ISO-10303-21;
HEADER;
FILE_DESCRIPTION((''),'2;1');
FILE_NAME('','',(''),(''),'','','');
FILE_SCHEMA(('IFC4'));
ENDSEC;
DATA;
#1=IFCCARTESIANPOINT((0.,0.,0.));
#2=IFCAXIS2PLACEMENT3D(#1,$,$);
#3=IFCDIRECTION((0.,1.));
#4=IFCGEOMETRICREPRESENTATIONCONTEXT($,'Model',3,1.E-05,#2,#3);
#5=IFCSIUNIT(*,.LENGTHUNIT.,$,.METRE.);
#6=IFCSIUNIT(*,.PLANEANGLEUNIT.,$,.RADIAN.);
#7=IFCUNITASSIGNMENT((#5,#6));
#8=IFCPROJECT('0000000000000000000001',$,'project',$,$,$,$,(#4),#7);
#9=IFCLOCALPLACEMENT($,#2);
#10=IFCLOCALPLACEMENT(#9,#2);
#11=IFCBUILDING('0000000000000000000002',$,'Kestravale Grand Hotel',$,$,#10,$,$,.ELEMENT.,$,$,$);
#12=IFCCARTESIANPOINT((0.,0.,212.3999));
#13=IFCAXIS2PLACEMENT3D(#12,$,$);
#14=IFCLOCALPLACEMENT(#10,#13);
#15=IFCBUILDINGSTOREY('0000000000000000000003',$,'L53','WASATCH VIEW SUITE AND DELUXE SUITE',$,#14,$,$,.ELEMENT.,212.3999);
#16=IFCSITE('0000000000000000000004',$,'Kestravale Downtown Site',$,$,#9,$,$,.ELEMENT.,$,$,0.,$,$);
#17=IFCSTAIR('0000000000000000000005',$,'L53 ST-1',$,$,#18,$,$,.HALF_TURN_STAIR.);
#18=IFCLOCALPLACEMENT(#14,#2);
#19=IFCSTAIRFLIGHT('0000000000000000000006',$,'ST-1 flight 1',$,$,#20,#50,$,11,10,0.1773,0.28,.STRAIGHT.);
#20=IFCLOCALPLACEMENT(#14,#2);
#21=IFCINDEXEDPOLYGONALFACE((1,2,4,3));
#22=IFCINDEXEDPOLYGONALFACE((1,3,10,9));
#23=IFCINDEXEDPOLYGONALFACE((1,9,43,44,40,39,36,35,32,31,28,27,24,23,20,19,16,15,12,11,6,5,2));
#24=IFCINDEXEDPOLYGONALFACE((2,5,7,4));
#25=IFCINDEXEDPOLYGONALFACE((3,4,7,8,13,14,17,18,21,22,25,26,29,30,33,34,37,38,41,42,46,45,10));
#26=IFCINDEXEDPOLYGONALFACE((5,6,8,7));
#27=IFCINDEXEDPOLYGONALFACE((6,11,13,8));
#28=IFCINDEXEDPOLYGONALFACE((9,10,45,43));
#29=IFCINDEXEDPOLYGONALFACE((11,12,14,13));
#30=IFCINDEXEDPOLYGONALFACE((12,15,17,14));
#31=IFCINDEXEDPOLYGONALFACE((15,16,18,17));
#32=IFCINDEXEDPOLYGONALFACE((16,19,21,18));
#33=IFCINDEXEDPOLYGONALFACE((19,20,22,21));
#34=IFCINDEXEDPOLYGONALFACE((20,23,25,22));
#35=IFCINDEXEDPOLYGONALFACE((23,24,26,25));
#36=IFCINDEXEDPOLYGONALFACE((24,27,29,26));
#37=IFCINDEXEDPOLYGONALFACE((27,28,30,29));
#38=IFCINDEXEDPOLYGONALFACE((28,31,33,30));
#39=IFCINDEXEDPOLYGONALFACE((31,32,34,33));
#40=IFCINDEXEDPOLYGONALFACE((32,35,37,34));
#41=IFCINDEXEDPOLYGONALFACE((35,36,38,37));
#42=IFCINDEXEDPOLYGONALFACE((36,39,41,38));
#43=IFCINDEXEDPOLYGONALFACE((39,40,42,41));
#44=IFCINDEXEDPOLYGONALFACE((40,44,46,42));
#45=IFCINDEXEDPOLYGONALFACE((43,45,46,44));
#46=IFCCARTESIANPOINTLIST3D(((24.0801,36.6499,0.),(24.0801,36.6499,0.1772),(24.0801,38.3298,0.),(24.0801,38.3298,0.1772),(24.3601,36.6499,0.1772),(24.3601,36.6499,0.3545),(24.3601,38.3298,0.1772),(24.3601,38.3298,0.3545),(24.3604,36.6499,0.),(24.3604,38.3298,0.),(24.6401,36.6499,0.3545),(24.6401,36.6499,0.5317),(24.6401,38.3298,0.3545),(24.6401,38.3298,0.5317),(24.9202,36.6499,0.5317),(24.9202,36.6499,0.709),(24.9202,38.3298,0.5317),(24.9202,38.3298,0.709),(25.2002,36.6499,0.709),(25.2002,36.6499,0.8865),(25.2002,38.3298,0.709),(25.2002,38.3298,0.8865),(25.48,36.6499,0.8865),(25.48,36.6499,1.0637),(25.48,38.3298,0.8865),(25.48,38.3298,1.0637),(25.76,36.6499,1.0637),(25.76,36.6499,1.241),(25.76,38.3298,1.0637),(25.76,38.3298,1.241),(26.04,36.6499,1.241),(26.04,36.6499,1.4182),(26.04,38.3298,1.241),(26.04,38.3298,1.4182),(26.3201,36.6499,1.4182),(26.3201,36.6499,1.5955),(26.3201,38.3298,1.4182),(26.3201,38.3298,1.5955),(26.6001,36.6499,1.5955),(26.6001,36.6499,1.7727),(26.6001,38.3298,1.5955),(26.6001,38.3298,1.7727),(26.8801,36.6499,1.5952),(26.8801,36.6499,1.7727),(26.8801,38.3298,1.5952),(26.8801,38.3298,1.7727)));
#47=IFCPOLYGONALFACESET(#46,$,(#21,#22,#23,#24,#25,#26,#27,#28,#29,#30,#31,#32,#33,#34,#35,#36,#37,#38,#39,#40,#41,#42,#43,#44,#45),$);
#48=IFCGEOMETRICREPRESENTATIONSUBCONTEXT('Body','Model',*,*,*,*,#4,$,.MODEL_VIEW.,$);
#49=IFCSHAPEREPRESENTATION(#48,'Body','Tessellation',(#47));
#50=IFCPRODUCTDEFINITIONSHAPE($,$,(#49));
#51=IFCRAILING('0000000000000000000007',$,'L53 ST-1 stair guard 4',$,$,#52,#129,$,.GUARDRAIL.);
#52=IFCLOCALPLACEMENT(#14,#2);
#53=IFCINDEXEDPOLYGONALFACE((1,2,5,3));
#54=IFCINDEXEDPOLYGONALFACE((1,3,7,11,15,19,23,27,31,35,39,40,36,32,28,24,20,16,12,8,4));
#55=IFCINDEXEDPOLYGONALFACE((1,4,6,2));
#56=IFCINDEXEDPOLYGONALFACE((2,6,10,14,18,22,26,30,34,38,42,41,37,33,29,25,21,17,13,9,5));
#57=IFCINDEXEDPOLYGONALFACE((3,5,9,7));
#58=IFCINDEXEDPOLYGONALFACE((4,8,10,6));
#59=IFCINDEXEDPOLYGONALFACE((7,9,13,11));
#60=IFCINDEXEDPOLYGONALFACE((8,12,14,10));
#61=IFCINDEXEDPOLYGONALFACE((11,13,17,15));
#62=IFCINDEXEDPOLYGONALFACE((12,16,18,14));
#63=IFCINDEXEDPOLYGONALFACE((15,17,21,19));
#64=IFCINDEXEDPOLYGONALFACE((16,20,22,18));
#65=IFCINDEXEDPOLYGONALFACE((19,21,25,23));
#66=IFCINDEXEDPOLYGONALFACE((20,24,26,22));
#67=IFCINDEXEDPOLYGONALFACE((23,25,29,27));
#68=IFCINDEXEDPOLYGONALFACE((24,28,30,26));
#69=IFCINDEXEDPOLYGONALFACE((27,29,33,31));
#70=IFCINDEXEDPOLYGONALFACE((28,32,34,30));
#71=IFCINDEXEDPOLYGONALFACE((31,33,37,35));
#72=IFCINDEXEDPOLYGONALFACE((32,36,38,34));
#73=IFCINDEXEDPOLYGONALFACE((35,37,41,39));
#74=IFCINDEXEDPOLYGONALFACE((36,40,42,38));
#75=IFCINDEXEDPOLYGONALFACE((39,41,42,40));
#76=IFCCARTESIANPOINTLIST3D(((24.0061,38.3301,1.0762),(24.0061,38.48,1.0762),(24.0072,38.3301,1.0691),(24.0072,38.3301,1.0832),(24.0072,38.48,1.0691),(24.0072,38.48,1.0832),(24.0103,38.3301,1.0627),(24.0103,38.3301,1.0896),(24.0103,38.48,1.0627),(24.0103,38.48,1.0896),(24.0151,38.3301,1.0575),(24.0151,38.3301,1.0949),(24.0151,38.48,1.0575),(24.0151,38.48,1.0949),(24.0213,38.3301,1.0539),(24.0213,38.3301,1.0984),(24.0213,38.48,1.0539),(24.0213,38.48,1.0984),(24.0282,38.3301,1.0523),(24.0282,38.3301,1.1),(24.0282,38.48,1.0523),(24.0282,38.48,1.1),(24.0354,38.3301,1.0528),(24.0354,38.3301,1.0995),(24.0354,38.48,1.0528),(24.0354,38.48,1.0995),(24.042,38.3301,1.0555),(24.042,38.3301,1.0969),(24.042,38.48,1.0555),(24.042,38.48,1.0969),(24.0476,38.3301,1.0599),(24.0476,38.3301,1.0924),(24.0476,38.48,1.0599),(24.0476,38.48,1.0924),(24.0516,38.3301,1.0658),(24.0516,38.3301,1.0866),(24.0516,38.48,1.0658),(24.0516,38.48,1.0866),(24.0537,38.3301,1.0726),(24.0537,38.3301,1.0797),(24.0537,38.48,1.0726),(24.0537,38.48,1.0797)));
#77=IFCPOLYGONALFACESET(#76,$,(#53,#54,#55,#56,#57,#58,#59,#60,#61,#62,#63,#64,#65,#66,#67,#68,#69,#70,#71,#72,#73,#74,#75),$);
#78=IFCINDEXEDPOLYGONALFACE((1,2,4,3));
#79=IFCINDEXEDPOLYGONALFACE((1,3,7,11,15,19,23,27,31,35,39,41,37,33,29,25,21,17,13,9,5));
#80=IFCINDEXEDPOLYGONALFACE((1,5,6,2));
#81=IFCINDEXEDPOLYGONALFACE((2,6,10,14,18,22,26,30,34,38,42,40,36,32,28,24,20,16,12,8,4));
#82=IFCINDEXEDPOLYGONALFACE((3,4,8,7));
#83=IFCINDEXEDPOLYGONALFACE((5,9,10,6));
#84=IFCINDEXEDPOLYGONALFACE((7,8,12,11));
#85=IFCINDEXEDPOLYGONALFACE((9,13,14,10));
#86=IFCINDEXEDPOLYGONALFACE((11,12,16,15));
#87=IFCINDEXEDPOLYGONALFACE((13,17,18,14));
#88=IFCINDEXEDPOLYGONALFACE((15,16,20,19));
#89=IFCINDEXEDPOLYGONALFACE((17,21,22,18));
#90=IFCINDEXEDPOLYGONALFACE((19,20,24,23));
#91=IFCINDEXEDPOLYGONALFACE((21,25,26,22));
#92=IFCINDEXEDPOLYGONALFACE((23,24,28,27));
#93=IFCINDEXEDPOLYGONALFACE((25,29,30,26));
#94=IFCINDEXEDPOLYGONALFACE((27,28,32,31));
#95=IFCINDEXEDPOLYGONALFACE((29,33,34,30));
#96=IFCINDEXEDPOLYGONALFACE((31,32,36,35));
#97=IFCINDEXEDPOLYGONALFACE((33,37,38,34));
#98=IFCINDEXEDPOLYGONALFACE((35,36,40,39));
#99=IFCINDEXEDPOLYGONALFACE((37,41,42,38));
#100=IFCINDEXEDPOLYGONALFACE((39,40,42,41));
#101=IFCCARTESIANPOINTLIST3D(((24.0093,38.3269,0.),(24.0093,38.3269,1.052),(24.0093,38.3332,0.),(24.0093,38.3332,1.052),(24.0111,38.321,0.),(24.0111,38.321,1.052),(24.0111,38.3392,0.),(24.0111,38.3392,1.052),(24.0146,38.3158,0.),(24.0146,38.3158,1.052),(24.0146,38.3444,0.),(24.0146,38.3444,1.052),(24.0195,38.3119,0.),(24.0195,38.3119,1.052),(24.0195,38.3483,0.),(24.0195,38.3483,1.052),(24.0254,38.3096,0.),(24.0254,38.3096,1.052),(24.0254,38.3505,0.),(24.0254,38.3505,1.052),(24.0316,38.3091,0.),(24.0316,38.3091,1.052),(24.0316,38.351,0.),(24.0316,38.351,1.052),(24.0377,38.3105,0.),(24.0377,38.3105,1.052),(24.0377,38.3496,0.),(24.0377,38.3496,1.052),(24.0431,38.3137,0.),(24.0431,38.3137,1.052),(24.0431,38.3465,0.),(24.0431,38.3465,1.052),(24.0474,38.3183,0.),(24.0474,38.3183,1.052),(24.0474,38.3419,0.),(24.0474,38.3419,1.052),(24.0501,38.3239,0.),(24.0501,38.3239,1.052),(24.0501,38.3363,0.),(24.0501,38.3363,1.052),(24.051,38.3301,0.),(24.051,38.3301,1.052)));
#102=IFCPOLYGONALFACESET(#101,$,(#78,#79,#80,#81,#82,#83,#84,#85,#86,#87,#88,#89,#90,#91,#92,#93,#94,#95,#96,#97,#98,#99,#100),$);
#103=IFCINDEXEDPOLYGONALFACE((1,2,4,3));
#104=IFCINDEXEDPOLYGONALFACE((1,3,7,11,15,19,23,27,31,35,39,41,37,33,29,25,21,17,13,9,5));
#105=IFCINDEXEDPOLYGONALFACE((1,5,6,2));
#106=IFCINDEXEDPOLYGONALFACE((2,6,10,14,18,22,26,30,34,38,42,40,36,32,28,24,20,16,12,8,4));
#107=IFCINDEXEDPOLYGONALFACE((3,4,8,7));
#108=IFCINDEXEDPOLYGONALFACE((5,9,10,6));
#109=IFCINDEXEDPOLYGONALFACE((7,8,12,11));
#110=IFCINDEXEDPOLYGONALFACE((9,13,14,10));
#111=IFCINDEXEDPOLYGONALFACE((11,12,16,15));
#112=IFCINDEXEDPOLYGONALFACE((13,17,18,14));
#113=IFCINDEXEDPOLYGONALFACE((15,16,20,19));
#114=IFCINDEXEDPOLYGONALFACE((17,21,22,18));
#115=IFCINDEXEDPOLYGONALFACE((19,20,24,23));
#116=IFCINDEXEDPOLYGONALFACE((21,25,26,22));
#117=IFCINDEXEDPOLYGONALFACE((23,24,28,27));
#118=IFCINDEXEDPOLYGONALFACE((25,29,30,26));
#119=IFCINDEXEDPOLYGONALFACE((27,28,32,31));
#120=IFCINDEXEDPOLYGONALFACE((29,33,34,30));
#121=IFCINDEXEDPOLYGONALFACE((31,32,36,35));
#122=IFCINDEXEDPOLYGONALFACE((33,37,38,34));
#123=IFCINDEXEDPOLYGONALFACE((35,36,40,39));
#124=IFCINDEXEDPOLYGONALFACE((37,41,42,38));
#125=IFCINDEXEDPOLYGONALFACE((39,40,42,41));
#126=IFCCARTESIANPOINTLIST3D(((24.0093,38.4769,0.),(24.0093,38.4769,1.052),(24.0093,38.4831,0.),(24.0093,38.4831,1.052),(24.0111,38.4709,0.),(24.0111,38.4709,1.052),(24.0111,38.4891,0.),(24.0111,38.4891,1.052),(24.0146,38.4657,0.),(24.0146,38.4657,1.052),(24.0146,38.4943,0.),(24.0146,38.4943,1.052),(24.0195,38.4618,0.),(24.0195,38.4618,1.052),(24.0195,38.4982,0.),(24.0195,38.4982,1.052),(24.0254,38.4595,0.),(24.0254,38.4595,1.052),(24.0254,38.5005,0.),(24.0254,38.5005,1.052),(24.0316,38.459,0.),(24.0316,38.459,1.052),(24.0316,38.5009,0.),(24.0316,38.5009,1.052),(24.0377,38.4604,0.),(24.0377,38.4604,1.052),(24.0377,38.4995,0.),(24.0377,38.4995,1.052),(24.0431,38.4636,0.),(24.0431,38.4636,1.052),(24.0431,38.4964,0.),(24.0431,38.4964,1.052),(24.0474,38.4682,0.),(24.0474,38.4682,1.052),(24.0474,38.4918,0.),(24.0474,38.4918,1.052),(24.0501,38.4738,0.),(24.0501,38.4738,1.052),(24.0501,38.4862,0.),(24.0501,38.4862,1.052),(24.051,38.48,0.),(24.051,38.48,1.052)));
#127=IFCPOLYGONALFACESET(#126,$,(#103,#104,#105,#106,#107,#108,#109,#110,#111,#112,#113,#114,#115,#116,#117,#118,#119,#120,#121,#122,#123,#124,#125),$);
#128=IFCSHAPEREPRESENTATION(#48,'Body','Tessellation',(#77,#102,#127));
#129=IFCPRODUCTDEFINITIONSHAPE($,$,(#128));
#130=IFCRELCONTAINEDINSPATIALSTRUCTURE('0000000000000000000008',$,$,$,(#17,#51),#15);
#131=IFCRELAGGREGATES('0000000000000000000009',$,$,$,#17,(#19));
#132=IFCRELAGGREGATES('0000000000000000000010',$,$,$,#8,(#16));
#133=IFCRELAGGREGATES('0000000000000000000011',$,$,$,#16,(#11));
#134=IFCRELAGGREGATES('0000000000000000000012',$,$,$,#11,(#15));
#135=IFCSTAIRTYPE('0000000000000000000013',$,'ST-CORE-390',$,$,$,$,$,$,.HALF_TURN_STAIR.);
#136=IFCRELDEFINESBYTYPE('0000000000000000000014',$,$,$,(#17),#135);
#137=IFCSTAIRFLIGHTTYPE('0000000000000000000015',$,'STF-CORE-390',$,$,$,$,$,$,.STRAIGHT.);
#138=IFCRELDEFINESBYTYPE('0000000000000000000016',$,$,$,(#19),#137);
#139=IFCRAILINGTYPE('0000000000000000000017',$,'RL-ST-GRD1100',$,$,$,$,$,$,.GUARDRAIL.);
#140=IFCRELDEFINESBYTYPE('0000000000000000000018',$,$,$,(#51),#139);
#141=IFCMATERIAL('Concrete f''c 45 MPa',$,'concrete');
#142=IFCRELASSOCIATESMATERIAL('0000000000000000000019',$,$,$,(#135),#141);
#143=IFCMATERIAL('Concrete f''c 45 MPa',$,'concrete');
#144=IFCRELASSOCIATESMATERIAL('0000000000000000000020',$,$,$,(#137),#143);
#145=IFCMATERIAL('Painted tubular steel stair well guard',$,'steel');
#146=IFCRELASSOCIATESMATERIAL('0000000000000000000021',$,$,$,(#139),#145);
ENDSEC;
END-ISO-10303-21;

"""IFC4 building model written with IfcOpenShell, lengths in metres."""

from ifc_helpers import new_model, si_unit, direction, frame, origin, origin_2d, place, context, subcontext, project, spatial, polyline, circle, outline, extrude, material, type_object, element, aggregate, save


model = new_model("IFC4")

# Units and contexts
model_context = context("Model", 3, precision=1e-05, world=origin(), true_north=direction((0.0, 1.0)))
body_context = subcontext(model_context, "Body", "Model", "MODEL_VIEW")
ifc_project = project(units=[si_unit("LENGTHUNIT", "METRE"), si_unit("PLANEANGLEUNIT", "RADIAN")], contexts=[model_context])

# Site, building, storey
site_placement = place(None, origin())
site = spatial("IfcSite", under=ifc_project, at=site_placement, Name="Kestravale Downtown Site", CompositionType="ELEMENT", RefElevation=0.0)
building_placement = place(site_placement, origin())
building = spatial("IfcBuilding", under=site, at=building_placement, Name="Kestravale Grand Hotel", CompositionType="ELEMENT")
storey_placement = place(building_placement, frame((0.0, 0.0, 212.3999)))
storey = spatial("IfcBuildingStorey", under=building, at=storey_placement, Name="L53", Description="WASATCH VIEW SUITE AND DELUXE SUITE", CompositionType="ELEMENT", Elevation=212.3999)

# Stair, stair flight
ifc_material_1 = material(Name="Concrete f'c 45 MPa", Category="concrete")
stair_type = type_object("IfcStairType", Name="ST-CORE-390", PredefinedType="HALF_TURN_STAIR", material=ifc_material_1)
stair_placement = place(storey_placement, origin())
stair = element("IfcStair", 1, at=stair_placement, inside=storey, type_object=stair_type, Name="L53 ST-1", PredefinedType="HALF_TURN_STAIR")
ifc_material_2 = material(Name="Concrete f'c 45 MPa", Category="concrete")
stair_flight_type = type_object("IfcStairFlightType", Name="STF-CORE-390", PredefinedType="STRAIGHT", material=ifc_material_2)
stair_flight_placement = place(storey_placement, frame((24.0801, 37.49, 0.0), z_axis=(0.0, 0.0, 1.0), x_axis=(1.0, 0.0, 0.0)))
stair_flight = element("IfcStairFlight", 2, at=stair_flight_placement, type_object=stair_flight_type, Name="ST-1 flight 1", NumberOfRisers=11, NumberOfTreads=10, PredefinedType="STRAIGHT", RiserHeight=0.1773, TreadLength=0.28, context=body_context, shape_type="SweptSolid", body=[
    extrude(outline(polyline([(0.0, 0.0), (0.0, 0.1772), (0.28, 0.1772), (0.28, 0.3545), (0.5601, 0.3545), (0.5601, 0.5317), (0.8401, 0.5317), (0.8401, 0.709), (1.1201, 0.709), (1.1201, 0.8865), (1.3999, 0.8865), (1.3999, 1.0637), (1.6799, 1.0637), (1.6799, 1.241), (1.96, 1.241), (1.96, 1.4182), (2.24, 1.4182), (2.24, 1.5955), (2.52, 1.5955), (2.52, 1.7727), (2.8, 1.7727), (2.8, 1.95), (2.8, 1.5952), (0.2803, 0.0), (0.0, 0.0)])), frame((0.0, 0.8398, 0.0), z_axis=(0.0, -1.0, 0.0), x_axis=(1.0, 0.0, 0.0)), (0.0, 0.0, 1.0), 1.6799),
])
aggregate(stair, [stair_flight])

# Railing
ifc_material_3 = material(Name="Painted tubular steel stair well guard", Category="steel")
railing_type_1 = type_object("IfcRailingType", Name="RL-ST-GRD1100", PredefinedType="GUARDRAIL", material=ifc_material_3)
railing_1_placement = place(storey_placement, frame((24.03, 38.3301, 0.0)))
element("IfcRailing", 3, at=railing_1_placement, inside=storey, type_object=railing_type_1, Name="L53 ST-1 stair guard 4", PredefinedType="GUARDRAIL", context=body_context, shape_type="SweptSolid", body=[
    extrude(circle(Radius=0.0239, at=origin_2d()), frame((0.0, 0.0, 1.0762), z_axis=(0.0, 1.0, 0.0), x_axis=(-1.0, 0.0, 0.0)), (0.0, 0.0, 1.0), 0.1499),
    extrude(circle(Radius=0.021, at=origin_2d()), origin(), (0.0, 0.0, 1.0), 1.052),
    extrude(circle(Radius=0.021, at=origin_2d()), frame((0.0, 0.1499, 0.0)), (0.0, 0.0, 1.0), 1.052),
])

save(model, "model.ifc")
